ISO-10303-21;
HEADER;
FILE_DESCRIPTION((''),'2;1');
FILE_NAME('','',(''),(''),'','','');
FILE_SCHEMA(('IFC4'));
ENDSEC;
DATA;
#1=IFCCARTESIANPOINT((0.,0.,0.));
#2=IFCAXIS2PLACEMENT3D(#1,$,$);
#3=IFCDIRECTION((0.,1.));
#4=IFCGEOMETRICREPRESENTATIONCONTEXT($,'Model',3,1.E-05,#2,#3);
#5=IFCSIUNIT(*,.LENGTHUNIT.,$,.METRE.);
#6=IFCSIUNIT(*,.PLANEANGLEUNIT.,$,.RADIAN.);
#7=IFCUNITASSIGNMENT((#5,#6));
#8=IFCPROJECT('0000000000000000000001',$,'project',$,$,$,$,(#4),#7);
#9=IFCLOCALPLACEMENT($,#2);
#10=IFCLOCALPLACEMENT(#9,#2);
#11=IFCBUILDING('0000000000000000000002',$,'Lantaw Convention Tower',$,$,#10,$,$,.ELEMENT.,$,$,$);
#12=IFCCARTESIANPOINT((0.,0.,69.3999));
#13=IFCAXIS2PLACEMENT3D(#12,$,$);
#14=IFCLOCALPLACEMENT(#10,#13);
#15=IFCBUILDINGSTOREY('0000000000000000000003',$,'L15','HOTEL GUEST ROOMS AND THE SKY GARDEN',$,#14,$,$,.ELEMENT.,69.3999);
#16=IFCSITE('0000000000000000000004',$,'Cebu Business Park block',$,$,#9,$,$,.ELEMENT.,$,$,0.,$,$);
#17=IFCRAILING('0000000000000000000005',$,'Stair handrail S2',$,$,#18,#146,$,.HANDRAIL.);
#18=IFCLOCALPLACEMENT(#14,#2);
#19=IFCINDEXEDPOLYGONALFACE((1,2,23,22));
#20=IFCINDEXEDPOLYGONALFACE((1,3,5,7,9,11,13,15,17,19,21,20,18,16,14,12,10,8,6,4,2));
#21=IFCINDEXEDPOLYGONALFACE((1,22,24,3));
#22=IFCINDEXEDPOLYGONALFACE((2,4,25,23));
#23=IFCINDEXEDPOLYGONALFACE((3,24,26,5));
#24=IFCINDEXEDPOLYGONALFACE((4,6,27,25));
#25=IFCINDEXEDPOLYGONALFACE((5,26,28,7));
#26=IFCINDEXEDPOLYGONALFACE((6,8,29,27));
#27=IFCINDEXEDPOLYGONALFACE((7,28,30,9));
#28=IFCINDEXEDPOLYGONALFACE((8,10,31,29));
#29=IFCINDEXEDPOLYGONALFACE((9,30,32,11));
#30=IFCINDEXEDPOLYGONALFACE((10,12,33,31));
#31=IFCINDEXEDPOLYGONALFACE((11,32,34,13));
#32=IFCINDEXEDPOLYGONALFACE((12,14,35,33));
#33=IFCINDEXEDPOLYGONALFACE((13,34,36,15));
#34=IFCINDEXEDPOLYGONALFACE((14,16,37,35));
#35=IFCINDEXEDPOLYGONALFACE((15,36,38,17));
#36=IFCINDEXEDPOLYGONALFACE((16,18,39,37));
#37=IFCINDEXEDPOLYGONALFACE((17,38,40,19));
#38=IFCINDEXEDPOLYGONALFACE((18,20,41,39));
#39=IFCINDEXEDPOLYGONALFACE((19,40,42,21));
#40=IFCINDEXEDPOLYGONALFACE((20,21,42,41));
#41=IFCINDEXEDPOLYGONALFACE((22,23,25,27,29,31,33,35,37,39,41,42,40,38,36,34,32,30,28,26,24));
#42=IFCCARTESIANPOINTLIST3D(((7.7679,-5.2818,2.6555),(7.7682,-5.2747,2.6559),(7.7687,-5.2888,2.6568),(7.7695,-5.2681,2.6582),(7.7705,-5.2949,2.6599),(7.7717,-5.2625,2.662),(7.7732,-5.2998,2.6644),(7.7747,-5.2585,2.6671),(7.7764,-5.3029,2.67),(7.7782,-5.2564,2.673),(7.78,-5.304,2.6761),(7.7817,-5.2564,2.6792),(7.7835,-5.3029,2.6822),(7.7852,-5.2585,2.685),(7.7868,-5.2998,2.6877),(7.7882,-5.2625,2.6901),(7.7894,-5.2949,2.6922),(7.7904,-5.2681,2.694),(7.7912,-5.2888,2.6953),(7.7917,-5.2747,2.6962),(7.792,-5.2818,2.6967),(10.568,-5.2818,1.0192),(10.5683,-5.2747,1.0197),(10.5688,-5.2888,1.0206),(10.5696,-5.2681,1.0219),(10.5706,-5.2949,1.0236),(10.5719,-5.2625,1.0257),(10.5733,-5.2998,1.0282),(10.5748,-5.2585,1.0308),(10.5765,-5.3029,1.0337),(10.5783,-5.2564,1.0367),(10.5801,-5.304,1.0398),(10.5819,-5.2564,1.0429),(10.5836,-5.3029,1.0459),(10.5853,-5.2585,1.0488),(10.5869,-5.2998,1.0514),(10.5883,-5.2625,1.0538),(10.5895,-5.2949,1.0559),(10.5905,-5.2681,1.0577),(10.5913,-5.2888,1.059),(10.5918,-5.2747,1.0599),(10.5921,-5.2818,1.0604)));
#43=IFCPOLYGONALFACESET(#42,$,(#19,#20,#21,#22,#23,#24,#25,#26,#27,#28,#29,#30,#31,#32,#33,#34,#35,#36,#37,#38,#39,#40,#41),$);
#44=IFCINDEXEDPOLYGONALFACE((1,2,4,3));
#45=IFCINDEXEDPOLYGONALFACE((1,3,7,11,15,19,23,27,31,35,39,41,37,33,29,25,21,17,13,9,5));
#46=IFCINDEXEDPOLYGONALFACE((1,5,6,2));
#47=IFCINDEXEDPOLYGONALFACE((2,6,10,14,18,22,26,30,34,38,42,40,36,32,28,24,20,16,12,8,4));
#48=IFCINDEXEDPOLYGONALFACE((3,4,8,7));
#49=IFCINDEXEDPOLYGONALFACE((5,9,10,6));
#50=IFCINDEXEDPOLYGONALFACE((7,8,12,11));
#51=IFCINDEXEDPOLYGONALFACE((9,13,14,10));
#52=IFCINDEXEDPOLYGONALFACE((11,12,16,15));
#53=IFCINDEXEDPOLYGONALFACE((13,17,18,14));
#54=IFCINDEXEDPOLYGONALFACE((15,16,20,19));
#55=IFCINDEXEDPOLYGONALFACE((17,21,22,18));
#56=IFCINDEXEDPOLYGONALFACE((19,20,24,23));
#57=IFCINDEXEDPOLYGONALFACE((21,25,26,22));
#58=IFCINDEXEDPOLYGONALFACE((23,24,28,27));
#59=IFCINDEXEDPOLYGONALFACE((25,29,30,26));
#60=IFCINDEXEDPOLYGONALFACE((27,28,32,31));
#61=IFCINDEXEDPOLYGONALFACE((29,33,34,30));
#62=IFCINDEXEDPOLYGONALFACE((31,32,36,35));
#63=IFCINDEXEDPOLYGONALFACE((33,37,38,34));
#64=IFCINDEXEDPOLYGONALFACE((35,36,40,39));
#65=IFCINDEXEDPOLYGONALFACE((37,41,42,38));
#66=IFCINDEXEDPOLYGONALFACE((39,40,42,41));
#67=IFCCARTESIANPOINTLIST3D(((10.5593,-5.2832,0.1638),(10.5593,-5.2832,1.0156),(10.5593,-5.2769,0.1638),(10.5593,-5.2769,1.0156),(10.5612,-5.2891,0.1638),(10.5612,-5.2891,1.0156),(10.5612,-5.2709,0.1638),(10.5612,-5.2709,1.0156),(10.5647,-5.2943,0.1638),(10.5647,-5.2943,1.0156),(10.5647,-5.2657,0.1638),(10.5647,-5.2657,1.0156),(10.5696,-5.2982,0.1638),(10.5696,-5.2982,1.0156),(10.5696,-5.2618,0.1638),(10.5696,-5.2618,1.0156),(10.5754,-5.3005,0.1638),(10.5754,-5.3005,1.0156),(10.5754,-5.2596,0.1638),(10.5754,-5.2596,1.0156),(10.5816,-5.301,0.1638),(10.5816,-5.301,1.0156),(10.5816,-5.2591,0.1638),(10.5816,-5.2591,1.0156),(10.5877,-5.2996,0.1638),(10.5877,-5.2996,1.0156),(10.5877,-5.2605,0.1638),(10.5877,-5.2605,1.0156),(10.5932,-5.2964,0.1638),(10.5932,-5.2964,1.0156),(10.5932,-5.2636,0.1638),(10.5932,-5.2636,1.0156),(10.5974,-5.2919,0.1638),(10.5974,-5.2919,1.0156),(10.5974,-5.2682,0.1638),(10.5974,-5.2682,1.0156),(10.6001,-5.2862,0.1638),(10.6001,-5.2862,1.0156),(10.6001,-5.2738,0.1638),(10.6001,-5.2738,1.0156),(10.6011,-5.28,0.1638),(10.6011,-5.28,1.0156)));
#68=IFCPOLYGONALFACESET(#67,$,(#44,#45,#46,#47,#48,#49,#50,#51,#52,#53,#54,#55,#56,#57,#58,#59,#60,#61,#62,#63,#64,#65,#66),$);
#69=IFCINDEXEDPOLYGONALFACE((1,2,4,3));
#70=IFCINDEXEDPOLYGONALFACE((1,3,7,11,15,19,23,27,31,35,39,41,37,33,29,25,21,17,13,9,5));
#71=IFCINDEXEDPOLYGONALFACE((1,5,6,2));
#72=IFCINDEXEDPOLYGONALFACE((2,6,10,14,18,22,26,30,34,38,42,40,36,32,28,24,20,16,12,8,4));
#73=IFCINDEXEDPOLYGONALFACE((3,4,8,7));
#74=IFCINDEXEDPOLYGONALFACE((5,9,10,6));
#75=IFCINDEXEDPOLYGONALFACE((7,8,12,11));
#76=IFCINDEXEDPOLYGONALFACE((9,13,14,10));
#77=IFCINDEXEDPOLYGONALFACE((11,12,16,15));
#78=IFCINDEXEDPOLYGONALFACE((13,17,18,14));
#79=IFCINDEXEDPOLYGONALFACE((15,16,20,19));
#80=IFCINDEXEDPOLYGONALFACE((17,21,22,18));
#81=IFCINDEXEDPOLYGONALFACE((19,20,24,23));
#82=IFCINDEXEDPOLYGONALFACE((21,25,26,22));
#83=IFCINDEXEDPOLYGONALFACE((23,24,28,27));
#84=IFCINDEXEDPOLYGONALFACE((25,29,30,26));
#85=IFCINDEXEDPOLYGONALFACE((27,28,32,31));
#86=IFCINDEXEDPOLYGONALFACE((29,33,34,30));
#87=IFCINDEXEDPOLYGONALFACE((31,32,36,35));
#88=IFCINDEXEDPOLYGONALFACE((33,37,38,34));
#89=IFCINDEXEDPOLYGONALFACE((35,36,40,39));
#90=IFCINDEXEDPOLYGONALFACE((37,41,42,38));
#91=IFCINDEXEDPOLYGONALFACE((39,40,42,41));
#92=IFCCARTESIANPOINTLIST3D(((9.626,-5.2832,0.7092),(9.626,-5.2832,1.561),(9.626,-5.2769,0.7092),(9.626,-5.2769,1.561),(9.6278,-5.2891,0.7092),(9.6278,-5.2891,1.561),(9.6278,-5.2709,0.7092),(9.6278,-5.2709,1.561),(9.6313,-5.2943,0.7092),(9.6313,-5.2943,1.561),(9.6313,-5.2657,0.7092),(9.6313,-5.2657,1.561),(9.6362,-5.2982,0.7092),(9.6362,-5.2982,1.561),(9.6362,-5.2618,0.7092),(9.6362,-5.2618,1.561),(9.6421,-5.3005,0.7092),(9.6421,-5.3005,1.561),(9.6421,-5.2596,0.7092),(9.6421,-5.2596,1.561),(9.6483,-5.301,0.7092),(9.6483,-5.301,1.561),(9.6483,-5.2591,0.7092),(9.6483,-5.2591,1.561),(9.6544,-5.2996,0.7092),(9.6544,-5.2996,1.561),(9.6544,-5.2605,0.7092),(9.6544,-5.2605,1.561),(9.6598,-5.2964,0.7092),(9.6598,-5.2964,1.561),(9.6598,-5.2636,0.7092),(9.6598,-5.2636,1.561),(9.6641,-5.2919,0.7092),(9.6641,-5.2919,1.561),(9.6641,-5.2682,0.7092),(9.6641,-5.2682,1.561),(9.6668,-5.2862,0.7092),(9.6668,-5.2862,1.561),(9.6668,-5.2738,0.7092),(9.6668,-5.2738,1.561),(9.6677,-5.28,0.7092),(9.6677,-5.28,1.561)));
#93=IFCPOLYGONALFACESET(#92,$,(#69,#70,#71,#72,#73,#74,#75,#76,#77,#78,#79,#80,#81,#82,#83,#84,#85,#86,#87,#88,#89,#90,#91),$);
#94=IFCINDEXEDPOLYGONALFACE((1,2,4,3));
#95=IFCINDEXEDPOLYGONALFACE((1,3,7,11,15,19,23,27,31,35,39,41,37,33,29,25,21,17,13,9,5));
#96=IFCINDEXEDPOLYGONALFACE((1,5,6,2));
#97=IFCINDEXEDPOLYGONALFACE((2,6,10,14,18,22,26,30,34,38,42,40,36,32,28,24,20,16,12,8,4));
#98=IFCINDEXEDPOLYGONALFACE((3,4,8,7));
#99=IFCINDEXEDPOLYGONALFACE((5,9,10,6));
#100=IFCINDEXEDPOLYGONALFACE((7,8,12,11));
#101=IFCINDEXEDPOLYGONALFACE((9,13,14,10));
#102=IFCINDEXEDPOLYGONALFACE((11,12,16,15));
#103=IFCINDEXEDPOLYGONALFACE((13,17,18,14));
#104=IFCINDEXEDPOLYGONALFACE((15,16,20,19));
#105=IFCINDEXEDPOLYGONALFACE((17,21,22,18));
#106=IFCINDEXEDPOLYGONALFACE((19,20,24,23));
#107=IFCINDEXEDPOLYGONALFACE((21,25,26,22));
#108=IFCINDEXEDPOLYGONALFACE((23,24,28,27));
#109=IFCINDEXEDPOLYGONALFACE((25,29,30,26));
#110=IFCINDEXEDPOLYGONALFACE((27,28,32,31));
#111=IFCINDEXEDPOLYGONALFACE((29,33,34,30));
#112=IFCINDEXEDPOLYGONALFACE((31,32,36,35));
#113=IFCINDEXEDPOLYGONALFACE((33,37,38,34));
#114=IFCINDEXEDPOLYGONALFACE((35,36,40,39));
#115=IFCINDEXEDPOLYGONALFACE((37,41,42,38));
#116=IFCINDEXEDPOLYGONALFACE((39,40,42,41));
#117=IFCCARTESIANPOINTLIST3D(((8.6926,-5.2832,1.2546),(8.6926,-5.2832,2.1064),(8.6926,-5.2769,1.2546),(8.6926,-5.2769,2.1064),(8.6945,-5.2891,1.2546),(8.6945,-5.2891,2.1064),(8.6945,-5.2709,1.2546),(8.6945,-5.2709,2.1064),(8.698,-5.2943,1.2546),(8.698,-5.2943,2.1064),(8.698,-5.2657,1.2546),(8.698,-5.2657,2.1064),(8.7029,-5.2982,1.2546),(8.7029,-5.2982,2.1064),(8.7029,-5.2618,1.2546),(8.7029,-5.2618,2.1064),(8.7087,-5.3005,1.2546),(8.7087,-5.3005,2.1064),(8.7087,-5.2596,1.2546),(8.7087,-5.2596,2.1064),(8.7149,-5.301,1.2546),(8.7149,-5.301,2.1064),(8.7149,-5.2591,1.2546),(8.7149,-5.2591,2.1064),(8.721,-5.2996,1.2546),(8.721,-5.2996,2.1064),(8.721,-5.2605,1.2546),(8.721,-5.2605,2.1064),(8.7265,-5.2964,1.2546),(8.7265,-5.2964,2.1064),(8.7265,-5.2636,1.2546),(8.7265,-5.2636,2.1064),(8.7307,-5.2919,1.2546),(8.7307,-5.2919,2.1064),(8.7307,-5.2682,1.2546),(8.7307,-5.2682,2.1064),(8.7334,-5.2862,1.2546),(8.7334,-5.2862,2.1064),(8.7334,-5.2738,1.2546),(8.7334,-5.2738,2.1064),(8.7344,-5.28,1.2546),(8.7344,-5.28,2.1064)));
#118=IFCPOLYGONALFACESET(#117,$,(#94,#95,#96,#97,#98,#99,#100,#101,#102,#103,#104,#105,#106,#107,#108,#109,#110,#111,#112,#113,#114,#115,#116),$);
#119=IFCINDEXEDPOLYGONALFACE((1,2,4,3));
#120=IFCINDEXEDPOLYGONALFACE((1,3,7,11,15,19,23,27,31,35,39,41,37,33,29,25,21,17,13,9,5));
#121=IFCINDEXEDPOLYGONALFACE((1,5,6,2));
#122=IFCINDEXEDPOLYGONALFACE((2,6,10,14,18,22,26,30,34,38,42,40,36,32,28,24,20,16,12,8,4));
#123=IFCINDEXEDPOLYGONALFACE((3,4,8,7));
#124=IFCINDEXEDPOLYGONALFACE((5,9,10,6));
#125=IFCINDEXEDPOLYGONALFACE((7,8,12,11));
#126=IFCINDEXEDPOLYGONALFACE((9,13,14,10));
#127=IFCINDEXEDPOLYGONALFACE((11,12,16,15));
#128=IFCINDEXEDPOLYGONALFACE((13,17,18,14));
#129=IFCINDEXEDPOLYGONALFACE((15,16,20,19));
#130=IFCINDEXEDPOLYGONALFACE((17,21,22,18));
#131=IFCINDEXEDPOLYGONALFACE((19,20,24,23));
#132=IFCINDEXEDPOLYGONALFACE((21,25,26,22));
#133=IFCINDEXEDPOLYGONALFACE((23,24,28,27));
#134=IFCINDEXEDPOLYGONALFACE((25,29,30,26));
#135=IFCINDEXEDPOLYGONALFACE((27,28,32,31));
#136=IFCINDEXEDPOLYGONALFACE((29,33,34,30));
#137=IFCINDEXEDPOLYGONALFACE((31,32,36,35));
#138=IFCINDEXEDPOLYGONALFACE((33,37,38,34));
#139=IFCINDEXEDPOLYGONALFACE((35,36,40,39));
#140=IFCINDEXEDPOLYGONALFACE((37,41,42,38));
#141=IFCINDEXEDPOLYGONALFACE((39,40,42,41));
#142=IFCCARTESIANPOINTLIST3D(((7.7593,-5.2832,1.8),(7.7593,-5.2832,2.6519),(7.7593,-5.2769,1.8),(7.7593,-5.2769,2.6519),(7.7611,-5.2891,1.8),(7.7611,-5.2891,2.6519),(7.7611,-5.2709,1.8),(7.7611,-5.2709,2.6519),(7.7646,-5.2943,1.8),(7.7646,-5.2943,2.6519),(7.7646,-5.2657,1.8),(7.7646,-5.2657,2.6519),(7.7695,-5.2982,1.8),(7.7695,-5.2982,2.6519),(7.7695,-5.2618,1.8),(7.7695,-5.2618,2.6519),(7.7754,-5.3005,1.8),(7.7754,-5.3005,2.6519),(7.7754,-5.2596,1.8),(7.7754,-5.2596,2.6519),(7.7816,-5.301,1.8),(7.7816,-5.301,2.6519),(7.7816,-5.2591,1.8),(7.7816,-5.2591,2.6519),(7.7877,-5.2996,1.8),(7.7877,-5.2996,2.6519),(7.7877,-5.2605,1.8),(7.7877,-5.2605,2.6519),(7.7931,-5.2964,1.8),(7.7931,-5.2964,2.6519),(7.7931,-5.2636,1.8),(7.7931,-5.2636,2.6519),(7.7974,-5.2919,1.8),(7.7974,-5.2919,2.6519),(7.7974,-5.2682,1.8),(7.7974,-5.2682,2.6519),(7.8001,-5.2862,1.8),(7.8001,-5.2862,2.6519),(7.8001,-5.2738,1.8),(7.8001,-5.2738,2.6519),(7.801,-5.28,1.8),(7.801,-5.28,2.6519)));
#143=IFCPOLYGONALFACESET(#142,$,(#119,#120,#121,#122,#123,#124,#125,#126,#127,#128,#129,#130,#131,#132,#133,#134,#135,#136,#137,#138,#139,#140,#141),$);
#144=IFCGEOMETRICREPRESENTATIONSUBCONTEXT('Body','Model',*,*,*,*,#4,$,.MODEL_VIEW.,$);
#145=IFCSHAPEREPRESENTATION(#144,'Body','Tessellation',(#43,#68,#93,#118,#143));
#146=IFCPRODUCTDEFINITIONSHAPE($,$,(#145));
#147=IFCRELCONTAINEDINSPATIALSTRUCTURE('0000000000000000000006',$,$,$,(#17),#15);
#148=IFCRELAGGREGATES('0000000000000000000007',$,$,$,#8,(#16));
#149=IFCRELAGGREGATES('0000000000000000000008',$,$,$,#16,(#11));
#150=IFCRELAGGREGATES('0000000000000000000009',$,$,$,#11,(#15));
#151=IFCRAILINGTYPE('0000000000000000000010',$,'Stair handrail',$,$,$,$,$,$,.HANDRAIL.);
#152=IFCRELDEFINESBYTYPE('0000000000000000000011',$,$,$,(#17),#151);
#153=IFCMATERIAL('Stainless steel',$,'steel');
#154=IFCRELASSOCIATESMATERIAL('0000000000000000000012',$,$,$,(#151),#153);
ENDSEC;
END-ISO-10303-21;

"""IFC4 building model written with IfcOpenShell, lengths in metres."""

from ifc_helpers import new_model, si_unit, direction, frame, origin, origin_2d, place, context, subcontext, project, spatial, circle, extrude, material, type_object, element, save


model = new_model("IFC4")

# Units and contexts
model_context = context("Model", 3, precision=1e-05, world=origin(), true_north=direction((0.0, 1.0)))
body_context = subcontext(model_context, "Body", "Model", "MODEL_VIEW")
ifc_project = project(units=[si_unit("LENGTHUNIT", "METRE"), si_unit("PLANEANGLEUNIT", "RADIAN")], contexts=[model_context])

# Site, building, storey
site_placement = place(None, origin())
site = spatial("IfcSite", under=ifc_project, at=site_placement, Name="Cebu Business Park block", CompositionType="ELEMENT", RefElevation=0.0)
building_placement = place(site_placement, origin())
building = spatial("IfcBuilding", under=site, at=building_placement, Name="Lantaw Convention Tower", CompositionType="ELEMENT")
storey_placement = place(building_placement, frame((0.0, 0.0, 69.3999)))
storey = spatial("IfcBuildingStorey", under=building, at=storey_placement, Name="L15", Description="HOTEL GUEST ROOMS AND THE SKY GARDEN", CompositionType="ELEMENT", Elevation=69.3999)

# Railing
ifc_material_1 = material(Name="Stainless steel", Category="steel")
railing_type_1 = type_object("IfcRailingType", Name="Stair handrail", PredefinedType="HANDRAIL", material=ifc_material_1)
railing_1_placement = place(storey_placement, frame((10.5801, -5.28, 0.1638)))
element("IfcRailing", 1, at=railing_1_placement, inside=storey, type_object=railing_type_1, Name="Stair handrail S2", PredefinedType="HANDRAIL", context=body_context, shape_type="SweptSolid", body=[
    extrude(circle(Radius=0.0239, at=origin_2d()), frame((0.0, 0.0, 0.876), z_axis=(-0.863394, 0.0, 0.504531), x_axis=(0.0, -1.0, 0.0)), (0.0, 0.0, 1.0), 3.2432),
    extrude(circle(Radius=0.021, at=origin_2d()), origin(), (0.0, 0.0, 1.0), 0.8518),
    extrude(circle(Radius=0.021, at=origin_2d()), frame((-0.9333, 0.0, 0.5454)), (0.0, 0.0, 1.0), 0.8518),
    extrude(circle(Radius=0.021, at=origin_2d()), frame((-1.8667, 0.0, 1.0908)), (0.0, 0.0, 1.0), 0.8518),
    extrude(circle(Radius=0.021, at=origin_2d()), frame((-2.8, 0.0, 1.6362)), (0.0, 0.0, 1.0), 0.8518),
])

save(model, "model.ifc")
